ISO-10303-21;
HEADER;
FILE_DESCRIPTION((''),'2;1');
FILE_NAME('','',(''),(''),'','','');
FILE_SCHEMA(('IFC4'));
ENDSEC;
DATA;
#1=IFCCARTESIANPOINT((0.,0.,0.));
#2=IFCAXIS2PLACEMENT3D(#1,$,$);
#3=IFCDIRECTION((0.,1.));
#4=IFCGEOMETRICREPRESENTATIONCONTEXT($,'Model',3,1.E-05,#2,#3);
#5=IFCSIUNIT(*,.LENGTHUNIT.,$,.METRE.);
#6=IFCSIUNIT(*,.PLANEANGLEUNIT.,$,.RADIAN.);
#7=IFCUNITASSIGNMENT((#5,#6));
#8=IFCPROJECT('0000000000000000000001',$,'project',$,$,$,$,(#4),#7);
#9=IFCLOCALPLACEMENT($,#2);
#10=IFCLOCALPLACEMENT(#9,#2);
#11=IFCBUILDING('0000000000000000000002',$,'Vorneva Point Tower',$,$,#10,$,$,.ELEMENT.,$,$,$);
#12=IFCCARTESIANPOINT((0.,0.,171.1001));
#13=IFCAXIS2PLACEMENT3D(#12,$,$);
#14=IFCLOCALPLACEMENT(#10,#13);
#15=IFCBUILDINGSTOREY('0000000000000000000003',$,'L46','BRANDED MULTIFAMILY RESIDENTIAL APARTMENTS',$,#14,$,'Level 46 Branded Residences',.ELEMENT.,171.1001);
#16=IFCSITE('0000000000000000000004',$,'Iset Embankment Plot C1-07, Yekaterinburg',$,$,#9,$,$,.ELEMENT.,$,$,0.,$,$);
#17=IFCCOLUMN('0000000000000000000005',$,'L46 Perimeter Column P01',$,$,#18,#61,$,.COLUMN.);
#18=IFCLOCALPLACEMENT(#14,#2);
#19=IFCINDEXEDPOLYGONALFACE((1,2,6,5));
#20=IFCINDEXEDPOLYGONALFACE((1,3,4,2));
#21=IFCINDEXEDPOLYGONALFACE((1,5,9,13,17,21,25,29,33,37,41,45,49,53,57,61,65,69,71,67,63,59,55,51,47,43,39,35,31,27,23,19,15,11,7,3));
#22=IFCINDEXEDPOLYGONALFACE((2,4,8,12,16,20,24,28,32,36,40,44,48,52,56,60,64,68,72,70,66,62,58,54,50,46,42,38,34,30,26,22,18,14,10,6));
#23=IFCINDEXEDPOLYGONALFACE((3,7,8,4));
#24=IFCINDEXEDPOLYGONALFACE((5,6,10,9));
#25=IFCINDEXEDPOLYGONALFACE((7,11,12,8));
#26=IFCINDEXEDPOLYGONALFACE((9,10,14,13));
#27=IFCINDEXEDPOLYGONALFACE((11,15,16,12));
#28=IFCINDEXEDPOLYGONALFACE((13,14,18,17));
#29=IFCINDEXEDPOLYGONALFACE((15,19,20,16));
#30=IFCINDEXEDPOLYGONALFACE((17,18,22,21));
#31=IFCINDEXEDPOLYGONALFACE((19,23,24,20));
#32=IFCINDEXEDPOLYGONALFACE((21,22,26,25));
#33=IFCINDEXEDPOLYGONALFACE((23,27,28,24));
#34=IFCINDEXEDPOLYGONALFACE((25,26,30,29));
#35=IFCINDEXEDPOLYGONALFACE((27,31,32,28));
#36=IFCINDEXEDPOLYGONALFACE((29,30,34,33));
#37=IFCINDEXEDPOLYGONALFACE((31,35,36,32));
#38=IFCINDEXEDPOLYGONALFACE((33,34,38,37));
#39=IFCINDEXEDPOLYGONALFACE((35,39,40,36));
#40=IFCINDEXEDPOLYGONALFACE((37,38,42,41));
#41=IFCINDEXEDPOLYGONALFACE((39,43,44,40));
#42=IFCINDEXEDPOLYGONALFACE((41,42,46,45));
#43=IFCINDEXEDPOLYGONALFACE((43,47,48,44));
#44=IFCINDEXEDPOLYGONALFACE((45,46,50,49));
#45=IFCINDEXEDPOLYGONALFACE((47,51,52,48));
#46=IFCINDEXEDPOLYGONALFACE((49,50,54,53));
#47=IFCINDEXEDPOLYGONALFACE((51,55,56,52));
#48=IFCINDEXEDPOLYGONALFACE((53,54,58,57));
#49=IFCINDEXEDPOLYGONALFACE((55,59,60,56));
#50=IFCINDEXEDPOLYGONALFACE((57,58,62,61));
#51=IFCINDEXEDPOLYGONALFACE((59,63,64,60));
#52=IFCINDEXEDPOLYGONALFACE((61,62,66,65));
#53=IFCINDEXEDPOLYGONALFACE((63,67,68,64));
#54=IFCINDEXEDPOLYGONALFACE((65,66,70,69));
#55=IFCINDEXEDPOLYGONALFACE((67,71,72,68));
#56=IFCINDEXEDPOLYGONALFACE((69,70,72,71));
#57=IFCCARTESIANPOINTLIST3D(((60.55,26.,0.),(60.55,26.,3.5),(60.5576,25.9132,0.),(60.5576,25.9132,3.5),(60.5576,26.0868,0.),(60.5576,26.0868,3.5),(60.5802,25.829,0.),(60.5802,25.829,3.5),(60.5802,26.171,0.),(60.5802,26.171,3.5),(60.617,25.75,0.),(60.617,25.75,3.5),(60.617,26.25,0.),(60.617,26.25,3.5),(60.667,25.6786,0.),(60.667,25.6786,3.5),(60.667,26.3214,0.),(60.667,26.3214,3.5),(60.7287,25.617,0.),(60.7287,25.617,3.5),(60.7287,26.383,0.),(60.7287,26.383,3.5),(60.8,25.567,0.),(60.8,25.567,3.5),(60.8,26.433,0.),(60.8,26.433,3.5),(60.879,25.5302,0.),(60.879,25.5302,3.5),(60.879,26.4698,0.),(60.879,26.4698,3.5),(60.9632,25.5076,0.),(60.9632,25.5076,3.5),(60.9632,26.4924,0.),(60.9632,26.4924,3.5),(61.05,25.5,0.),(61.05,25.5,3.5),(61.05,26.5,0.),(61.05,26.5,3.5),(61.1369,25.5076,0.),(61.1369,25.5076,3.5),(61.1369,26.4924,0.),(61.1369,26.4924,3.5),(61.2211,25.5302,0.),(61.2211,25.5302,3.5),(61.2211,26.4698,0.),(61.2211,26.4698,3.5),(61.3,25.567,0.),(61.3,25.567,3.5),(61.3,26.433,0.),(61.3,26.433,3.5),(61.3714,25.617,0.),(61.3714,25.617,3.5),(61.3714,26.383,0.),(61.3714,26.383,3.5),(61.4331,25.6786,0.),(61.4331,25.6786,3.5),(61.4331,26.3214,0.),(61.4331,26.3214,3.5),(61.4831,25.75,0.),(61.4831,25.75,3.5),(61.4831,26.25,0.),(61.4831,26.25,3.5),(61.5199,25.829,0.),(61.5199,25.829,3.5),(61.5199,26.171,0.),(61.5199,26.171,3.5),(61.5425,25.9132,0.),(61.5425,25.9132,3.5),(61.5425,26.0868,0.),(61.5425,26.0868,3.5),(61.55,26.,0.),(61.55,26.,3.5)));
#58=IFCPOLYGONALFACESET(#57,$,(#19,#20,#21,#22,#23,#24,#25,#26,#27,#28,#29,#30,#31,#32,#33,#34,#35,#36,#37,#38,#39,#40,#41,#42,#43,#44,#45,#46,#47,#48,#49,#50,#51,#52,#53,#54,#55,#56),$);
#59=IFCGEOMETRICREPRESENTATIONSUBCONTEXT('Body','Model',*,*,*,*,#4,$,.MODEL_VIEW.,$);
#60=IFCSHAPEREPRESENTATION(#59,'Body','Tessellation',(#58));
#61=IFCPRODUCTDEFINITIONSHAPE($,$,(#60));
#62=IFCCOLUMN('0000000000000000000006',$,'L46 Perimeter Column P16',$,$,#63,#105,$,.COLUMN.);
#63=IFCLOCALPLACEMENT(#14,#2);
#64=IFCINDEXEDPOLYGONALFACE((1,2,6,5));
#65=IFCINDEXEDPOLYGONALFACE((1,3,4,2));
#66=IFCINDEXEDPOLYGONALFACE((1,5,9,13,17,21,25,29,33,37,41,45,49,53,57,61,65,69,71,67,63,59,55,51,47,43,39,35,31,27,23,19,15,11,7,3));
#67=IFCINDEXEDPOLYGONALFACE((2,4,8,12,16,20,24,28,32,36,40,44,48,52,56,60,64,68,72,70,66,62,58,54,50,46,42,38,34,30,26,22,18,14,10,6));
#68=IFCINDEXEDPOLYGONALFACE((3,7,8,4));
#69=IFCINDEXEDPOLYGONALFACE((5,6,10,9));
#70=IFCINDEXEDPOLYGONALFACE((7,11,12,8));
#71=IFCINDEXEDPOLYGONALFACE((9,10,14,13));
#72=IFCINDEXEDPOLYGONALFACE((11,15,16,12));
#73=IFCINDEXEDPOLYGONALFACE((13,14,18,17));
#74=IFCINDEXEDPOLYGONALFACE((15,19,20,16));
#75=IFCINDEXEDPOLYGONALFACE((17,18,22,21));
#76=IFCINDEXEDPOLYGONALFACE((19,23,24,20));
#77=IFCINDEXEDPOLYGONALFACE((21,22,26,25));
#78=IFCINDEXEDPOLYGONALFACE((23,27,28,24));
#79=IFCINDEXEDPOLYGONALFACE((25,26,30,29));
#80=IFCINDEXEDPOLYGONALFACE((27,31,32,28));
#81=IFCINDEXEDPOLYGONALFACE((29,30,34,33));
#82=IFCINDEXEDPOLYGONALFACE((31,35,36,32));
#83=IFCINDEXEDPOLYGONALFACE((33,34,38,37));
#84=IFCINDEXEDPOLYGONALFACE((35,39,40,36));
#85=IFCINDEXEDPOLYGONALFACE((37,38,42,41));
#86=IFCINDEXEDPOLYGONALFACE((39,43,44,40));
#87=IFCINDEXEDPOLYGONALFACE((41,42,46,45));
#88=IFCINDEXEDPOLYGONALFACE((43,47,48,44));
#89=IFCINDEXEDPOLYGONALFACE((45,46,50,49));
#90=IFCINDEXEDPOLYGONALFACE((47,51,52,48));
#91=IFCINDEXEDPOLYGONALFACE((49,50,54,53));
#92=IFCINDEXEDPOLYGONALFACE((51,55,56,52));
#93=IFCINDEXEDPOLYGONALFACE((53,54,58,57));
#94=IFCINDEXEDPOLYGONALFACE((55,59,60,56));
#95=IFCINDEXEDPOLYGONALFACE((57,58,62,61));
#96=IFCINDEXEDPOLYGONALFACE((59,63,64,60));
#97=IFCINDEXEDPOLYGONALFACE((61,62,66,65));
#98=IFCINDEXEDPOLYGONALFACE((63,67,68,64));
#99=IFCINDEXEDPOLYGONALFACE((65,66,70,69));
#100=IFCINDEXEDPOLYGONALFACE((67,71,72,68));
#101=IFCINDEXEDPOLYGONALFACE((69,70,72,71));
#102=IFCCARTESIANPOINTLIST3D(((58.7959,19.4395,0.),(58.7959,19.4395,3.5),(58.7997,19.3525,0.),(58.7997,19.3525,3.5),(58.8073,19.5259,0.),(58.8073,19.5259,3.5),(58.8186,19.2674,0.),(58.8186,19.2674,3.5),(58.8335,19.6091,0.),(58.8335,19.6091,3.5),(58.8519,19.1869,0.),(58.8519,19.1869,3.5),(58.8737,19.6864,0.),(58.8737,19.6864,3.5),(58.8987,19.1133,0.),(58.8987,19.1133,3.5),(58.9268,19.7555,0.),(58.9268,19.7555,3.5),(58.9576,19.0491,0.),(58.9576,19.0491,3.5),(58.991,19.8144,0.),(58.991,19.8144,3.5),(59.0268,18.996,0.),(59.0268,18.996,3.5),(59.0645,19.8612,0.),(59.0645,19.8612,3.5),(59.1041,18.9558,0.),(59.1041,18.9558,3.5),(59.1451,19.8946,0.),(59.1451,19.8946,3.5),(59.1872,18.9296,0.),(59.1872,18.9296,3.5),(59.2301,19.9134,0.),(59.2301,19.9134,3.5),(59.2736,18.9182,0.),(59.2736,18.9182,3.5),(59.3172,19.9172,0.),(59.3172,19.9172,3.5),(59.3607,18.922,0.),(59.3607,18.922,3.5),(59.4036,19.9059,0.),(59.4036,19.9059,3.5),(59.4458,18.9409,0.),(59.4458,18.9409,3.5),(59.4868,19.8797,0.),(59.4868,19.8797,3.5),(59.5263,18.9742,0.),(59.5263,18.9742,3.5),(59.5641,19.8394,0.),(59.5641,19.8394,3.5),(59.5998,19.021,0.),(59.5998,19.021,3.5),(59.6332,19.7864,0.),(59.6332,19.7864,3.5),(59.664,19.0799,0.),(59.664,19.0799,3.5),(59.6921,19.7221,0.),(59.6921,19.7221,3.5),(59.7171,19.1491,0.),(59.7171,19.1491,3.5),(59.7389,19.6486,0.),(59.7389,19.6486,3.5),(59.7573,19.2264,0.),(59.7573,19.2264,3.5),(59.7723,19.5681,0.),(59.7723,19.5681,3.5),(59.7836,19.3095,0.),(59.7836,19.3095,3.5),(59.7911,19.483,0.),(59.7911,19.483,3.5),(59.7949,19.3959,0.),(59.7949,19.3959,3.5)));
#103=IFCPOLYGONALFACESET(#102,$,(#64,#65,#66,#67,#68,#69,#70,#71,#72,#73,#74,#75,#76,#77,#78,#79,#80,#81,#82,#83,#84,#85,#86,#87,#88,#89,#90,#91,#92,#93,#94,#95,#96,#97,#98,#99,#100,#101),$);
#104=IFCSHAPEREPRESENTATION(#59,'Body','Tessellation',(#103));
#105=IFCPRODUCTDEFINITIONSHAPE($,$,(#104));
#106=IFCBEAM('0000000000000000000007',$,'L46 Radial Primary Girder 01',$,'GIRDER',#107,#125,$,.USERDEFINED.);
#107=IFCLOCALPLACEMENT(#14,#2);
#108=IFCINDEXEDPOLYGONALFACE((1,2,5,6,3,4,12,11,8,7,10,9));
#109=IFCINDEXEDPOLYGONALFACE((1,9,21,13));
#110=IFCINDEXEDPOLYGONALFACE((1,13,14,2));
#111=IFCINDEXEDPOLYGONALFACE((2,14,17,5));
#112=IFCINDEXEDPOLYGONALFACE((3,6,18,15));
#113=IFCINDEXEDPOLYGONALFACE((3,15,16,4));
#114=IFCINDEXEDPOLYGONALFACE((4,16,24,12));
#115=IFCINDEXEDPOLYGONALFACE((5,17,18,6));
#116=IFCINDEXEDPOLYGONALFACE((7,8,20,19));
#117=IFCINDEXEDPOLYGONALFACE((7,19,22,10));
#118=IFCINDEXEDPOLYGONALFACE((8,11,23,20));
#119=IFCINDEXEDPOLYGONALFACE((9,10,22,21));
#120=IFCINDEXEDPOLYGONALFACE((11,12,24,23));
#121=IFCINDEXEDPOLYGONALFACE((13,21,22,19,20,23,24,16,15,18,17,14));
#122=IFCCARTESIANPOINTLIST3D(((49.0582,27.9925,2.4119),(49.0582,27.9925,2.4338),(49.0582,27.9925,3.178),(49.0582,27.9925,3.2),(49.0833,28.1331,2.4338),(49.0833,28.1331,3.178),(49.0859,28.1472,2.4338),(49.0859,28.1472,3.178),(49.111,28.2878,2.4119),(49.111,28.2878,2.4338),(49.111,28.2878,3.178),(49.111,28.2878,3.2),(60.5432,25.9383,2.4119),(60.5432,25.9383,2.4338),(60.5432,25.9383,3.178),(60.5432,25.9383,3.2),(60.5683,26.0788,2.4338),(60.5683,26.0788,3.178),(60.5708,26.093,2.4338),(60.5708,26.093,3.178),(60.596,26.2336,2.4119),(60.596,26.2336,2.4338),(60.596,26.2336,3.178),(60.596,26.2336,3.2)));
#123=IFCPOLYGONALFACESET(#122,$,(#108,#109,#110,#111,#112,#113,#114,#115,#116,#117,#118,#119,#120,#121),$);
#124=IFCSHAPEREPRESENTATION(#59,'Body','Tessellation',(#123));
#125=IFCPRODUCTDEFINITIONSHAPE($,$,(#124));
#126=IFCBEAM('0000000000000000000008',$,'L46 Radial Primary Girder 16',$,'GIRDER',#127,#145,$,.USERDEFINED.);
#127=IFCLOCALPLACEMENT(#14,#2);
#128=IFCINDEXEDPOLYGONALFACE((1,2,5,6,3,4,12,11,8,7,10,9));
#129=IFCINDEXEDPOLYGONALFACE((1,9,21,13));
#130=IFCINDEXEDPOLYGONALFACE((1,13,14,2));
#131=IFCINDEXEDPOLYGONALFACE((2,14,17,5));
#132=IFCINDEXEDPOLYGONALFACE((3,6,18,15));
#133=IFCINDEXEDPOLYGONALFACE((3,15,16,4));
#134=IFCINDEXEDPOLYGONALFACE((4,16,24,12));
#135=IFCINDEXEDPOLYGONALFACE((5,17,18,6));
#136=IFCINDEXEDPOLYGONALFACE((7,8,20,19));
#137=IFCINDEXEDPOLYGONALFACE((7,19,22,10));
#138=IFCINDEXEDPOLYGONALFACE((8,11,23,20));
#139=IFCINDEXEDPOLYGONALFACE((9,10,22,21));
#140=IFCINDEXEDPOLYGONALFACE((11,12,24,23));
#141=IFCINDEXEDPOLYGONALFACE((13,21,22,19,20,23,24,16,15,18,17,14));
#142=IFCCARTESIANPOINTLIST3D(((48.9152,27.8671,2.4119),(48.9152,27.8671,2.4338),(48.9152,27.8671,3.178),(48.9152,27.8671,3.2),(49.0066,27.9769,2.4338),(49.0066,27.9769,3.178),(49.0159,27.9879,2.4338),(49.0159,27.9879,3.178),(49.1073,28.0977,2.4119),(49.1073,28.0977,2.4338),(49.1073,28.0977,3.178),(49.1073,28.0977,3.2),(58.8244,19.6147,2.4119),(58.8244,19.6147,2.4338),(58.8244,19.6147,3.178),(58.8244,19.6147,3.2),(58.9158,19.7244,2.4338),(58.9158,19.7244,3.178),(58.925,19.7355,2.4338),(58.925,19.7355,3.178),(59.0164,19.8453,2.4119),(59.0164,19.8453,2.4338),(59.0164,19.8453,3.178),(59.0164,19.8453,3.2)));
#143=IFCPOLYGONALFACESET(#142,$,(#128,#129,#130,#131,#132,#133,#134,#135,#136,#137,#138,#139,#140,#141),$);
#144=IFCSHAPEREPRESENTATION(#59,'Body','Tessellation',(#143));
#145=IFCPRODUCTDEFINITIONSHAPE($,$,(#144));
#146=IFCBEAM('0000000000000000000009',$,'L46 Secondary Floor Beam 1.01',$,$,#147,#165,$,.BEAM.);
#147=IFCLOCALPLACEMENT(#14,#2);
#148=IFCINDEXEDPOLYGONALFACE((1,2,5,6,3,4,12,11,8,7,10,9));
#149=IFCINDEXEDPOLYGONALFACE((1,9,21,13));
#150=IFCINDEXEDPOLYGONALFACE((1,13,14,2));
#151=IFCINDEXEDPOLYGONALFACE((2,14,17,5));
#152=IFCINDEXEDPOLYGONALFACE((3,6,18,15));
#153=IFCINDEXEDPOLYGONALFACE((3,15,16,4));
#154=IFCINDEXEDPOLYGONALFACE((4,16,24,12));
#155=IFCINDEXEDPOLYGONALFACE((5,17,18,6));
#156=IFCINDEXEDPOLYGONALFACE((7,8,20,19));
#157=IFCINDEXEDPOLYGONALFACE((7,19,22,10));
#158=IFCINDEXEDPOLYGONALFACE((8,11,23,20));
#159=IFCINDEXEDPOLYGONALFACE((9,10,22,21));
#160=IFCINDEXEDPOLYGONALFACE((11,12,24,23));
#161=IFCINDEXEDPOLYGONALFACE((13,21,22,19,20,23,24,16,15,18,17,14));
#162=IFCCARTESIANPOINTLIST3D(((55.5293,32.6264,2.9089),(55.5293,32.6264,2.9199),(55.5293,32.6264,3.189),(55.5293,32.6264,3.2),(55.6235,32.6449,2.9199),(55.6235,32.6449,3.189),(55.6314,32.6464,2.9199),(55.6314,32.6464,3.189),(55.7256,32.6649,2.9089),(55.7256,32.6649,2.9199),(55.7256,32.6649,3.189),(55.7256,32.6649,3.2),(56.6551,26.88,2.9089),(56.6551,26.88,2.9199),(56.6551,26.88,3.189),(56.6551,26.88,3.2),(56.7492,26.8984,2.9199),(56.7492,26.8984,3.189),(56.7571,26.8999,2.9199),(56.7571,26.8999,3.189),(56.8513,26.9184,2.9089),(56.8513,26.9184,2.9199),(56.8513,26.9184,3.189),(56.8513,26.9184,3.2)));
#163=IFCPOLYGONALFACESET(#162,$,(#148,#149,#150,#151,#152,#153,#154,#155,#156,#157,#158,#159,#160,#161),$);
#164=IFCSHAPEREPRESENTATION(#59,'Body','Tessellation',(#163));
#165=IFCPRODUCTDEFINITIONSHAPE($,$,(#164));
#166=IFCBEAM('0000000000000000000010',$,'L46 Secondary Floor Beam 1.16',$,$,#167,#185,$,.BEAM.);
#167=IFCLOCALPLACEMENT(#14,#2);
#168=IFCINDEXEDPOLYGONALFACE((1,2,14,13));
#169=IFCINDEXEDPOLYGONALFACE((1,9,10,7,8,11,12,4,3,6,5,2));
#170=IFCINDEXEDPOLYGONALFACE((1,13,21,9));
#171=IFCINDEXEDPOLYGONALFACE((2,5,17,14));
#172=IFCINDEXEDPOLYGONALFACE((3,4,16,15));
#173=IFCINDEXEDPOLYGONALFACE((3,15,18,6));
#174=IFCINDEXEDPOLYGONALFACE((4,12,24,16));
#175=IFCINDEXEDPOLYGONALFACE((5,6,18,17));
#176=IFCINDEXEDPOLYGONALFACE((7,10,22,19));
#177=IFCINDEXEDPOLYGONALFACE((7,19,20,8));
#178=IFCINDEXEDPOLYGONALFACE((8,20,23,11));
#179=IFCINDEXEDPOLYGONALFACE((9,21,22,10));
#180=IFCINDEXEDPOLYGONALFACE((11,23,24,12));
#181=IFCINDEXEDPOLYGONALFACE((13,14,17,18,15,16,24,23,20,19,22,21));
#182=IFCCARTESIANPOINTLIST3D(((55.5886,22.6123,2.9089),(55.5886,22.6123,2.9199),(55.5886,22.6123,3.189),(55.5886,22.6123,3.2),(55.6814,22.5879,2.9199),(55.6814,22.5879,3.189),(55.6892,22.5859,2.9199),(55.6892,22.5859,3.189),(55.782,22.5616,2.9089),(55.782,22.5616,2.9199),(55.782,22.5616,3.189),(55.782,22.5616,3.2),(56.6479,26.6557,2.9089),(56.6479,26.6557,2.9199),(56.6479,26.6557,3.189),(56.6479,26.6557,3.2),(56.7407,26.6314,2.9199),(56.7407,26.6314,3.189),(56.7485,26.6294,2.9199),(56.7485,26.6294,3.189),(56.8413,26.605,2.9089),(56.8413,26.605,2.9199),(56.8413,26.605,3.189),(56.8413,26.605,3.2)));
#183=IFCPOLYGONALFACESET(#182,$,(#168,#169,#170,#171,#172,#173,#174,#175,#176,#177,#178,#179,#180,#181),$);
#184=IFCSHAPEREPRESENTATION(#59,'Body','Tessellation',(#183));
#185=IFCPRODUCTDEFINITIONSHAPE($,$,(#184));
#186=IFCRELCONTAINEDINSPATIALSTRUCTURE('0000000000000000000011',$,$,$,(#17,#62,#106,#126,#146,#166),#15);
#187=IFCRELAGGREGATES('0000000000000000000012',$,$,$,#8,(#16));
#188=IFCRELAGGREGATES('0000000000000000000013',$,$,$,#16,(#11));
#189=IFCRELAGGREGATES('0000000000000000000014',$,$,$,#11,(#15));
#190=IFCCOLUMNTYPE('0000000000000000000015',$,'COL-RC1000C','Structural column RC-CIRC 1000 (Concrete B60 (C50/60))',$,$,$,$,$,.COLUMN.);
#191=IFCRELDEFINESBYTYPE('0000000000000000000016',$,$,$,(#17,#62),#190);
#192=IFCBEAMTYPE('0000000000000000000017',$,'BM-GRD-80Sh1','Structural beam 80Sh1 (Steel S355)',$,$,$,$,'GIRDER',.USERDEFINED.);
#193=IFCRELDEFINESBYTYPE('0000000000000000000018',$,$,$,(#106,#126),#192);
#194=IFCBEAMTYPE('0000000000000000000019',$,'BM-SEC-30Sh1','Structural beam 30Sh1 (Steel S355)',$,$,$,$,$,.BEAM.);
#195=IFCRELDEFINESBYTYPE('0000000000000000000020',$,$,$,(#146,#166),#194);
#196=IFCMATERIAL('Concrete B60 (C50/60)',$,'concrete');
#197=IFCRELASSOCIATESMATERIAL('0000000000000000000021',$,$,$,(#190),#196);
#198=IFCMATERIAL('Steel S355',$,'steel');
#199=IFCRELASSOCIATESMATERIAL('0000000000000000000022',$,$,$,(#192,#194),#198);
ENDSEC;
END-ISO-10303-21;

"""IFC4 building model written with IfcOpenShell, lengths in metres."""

from ifc_helpers import new_model, si_unit, direction, frame, origin, origin_2d, place, context, subcontext, project, spatial, circle, i_section, extrude, material, material_profile, profile_set, type_object, element, save


model = new_model("IFC4")

# Units and contexts
model_context = context("Model", 3, precision=1e-05, world=origin(), true_north=direction((0.0, 1.0)))
body_context = subcontext(model_context, "Body", "Model", "MODEL_VIEW")
ifc_project = project(units=[si_unit("LENGTHUNIT", "METRE"), si_unit("PLANEANGLEUNIT", "RADIAN")], contexts=[model_context])

# Site, building, storey
site_placement = place(None, origin())
site = spatial("IfcSite", under=ifc_project, at=site_placement, Name="Iset Embankment Plot C1-07, Yekaterinburg", CompositionType="ELEMENT", RefElevation=0.0)
building_placement = place(site_placement, origin())
building = spatial("IfcBuilding", under=site, at=building_placement, Name="Vorneva Point Tower", CompositionType="ELEMENT")
storey_placement = place(building_placement, frame((0.0, 0.0, 171.1001)))
storey = spatial("IfcBuildingStorey", under=building, at=storey_placement, Name="L46", Description="BRANDED MULTIFAMILY RESIDENTIAL APARTMENTS", LongName="Level 46 Branded Residences", CompositionType="ELEMENT", Elevation=171.1001)

# Columns
ifc_material_1 = material(Name="Concrete B60 (C50/60)", Category="concrete")
ifc_material_profile_1 = material_profile(ifc_material_1, circle(Radius=0.5, at=origin_2d()), Name="RC-CIRC 1000")
ifc_profile_set_1 = profile_set([ifc_material_profile_1], Name="Concrete B60 (C50/60)")
column_type = type_object("IfcColumnType", Name="COL-RC1000C", Description="Structural column RC-CIRC 1000 (Concrete B60 (C50/60))", PredefinedType="COLUMN", material=ifc_profile_set_1)
for number, where, z_axis, x_axis, name in (
    (1, (61.05, 26.0, 0.0), (0.0, 0.0, 1.0), (1.0, 0.0, 0.0), "L46 Perimeter Column P01"),
    (2, (59.2954, 19.4177, 0.0), (0.0, 0.0, 1.0), (0.92388, -0.382683, 0.0), "L46 Perimeter Column P16"),
):
    element("IfcColumn", number, at=place(storey_placement, frame(where, z_axis=z_axis, x_axis=x_axis)), inside=storey, type_object=column_type, Name=name, PredefinedType="COLUMN", context=body_context, shape_type="SweptSolid", body=[
        extrude(circle(Radius=0.5, at=origin_2d()), origin(), (0.0, 0.0, 1.0), 3.5),
    ])

# Beams
ifc_material_2 = material(Name="Steel S355", Category="steel")
ifc_material_profile_2 = material_profile(ifc_material_2, i_section(OverallWidth=0.3, OverallDepth=0.7881, WebThickness=0.0144, FlangeThickness=0.022, at=origin_2d()), Name="80Sh1")
ifc_profile_set_2 = profile_set([ifc_material_profile_2], Name="Steel S355")
beam_type_1 = type_object("IfcBeamType", Name="BM-GRD-80Sh1", Description="Structural beam 80Sh1 (Steel S355)", ElementType="GIRDER", PredefinedType="USERDEFINED", material=ifc_profile_set_2)
beam_1_placement = place(storey_placement, frame((60.5696, 26.0859, 2.8059), z_axis=(-0.984378, 0.176067, 0.0), x_axis=(-0.176067, -0.984378, 0.0)))
element("IfcBeam", 3, at=beam_1_placement, inside=storey, type_object=beam_type_1, Name="L46 Radial Primary Girder 01", ObjectType="GIRDER", PredefinedType="USERDEFINED", context=body_context, shape_type="SweptSolid", body=[
    extrude(i_section(OverallWidth=0.3, OverallDepth=0.7881, WebThickness=0.0144, FlangeThickness=0.022, at=origin_2d()), origin(), (0.0, 0.0, 1.0), 11.6672),
])
beam_2_placement = place(storey_placement, frame((58.9204, 19.73, 2.8059), z_axis=(-0.76842, 0.639946, 0.0), x_axis=(-0.639946, -0.76842, 0.0)))
element("IfcBeam", 4, at=beam_2_placement, inside=storey, type_object=beam_type_1, Name="L46 Radial Primary Girder 16", ObjectType="GIRDER", PredefinedType="USERDEFINED", context=body_context, shape_type="SweptSolid", body=[
    extrude(i_section(OverallWidth=0.3, OverallDepth=0.7881, WebThickness=0.0144, FlangeThickness=0.022, at=origin_2d()), origin(), (0.0, 0.0, 1.0), 12.8955),
])
ifc_material_profile_3 = material_profile(ifc_material_2, i_section(OverallWidth=0.2, OverallDepth=0.291, WebThickness=0.0081, FlangeThickness=0.011, at=origin_2d()), Name="30Sh1")
ifc_profile_set_3 = profile_set([ifc_material_profile_3], Name="Steel S355")
beam_type_2 = type_object("IfcBeamType", Name="BM-SEC-30Sh1", Description="Structural beam 30Sh1 (Steel S355)", PredefinedType="BEAM", material=ifc_profile_set_3)
beam_3_placement = place(storey_placement, frame((56.7532, 26.8992, 3.0544), z_axis=(-0.192242, 0.981348, 0.0), x_axis=(-0.981348, -0.192242, 0.0)))
element("IfcBeam", 5, at=beam_3_placement, inside=storey, type_object=beam_type_2, Name="L46 Secondary Floor Beam 1.01", PredefinedType="BEAM", context=body_context, shape_type="SweptSolid", body=[
    extrude(i_section(OverallWidth=0.2, OverallDepth=0.291, WebThickness=0.0081, FlangeThickness=0.011, at=origin_2d()), origin(), (0.0, 0.0, 1.0), 5.8557),
])
beam_4_placement = place(storey_placement, frame((55.6853, 22.5869, 3.0544), z_axis=(0.253432, 0.967353, 0.0), x_axis=(-0.967353, 0.253432, 0.0)))
element("IfcBeam", 6, at=beam_4_placement, inside=storey, type_object=beam_type_2, Name="L46 Secondary Floor Beam 1.16", PredefinedType="BEAM", context=body_context, shape_type="SweptSolid", body=[
    extrude(i_section(OverallWidth=0.2, OverallDepth=0.291, WebThickness=0.0081, FlangeThickness=0.011, at=origin_2d()), origin(), (0.0, 0.0, 1.0), 4.1799),
])

save(model, "model.ifc")
